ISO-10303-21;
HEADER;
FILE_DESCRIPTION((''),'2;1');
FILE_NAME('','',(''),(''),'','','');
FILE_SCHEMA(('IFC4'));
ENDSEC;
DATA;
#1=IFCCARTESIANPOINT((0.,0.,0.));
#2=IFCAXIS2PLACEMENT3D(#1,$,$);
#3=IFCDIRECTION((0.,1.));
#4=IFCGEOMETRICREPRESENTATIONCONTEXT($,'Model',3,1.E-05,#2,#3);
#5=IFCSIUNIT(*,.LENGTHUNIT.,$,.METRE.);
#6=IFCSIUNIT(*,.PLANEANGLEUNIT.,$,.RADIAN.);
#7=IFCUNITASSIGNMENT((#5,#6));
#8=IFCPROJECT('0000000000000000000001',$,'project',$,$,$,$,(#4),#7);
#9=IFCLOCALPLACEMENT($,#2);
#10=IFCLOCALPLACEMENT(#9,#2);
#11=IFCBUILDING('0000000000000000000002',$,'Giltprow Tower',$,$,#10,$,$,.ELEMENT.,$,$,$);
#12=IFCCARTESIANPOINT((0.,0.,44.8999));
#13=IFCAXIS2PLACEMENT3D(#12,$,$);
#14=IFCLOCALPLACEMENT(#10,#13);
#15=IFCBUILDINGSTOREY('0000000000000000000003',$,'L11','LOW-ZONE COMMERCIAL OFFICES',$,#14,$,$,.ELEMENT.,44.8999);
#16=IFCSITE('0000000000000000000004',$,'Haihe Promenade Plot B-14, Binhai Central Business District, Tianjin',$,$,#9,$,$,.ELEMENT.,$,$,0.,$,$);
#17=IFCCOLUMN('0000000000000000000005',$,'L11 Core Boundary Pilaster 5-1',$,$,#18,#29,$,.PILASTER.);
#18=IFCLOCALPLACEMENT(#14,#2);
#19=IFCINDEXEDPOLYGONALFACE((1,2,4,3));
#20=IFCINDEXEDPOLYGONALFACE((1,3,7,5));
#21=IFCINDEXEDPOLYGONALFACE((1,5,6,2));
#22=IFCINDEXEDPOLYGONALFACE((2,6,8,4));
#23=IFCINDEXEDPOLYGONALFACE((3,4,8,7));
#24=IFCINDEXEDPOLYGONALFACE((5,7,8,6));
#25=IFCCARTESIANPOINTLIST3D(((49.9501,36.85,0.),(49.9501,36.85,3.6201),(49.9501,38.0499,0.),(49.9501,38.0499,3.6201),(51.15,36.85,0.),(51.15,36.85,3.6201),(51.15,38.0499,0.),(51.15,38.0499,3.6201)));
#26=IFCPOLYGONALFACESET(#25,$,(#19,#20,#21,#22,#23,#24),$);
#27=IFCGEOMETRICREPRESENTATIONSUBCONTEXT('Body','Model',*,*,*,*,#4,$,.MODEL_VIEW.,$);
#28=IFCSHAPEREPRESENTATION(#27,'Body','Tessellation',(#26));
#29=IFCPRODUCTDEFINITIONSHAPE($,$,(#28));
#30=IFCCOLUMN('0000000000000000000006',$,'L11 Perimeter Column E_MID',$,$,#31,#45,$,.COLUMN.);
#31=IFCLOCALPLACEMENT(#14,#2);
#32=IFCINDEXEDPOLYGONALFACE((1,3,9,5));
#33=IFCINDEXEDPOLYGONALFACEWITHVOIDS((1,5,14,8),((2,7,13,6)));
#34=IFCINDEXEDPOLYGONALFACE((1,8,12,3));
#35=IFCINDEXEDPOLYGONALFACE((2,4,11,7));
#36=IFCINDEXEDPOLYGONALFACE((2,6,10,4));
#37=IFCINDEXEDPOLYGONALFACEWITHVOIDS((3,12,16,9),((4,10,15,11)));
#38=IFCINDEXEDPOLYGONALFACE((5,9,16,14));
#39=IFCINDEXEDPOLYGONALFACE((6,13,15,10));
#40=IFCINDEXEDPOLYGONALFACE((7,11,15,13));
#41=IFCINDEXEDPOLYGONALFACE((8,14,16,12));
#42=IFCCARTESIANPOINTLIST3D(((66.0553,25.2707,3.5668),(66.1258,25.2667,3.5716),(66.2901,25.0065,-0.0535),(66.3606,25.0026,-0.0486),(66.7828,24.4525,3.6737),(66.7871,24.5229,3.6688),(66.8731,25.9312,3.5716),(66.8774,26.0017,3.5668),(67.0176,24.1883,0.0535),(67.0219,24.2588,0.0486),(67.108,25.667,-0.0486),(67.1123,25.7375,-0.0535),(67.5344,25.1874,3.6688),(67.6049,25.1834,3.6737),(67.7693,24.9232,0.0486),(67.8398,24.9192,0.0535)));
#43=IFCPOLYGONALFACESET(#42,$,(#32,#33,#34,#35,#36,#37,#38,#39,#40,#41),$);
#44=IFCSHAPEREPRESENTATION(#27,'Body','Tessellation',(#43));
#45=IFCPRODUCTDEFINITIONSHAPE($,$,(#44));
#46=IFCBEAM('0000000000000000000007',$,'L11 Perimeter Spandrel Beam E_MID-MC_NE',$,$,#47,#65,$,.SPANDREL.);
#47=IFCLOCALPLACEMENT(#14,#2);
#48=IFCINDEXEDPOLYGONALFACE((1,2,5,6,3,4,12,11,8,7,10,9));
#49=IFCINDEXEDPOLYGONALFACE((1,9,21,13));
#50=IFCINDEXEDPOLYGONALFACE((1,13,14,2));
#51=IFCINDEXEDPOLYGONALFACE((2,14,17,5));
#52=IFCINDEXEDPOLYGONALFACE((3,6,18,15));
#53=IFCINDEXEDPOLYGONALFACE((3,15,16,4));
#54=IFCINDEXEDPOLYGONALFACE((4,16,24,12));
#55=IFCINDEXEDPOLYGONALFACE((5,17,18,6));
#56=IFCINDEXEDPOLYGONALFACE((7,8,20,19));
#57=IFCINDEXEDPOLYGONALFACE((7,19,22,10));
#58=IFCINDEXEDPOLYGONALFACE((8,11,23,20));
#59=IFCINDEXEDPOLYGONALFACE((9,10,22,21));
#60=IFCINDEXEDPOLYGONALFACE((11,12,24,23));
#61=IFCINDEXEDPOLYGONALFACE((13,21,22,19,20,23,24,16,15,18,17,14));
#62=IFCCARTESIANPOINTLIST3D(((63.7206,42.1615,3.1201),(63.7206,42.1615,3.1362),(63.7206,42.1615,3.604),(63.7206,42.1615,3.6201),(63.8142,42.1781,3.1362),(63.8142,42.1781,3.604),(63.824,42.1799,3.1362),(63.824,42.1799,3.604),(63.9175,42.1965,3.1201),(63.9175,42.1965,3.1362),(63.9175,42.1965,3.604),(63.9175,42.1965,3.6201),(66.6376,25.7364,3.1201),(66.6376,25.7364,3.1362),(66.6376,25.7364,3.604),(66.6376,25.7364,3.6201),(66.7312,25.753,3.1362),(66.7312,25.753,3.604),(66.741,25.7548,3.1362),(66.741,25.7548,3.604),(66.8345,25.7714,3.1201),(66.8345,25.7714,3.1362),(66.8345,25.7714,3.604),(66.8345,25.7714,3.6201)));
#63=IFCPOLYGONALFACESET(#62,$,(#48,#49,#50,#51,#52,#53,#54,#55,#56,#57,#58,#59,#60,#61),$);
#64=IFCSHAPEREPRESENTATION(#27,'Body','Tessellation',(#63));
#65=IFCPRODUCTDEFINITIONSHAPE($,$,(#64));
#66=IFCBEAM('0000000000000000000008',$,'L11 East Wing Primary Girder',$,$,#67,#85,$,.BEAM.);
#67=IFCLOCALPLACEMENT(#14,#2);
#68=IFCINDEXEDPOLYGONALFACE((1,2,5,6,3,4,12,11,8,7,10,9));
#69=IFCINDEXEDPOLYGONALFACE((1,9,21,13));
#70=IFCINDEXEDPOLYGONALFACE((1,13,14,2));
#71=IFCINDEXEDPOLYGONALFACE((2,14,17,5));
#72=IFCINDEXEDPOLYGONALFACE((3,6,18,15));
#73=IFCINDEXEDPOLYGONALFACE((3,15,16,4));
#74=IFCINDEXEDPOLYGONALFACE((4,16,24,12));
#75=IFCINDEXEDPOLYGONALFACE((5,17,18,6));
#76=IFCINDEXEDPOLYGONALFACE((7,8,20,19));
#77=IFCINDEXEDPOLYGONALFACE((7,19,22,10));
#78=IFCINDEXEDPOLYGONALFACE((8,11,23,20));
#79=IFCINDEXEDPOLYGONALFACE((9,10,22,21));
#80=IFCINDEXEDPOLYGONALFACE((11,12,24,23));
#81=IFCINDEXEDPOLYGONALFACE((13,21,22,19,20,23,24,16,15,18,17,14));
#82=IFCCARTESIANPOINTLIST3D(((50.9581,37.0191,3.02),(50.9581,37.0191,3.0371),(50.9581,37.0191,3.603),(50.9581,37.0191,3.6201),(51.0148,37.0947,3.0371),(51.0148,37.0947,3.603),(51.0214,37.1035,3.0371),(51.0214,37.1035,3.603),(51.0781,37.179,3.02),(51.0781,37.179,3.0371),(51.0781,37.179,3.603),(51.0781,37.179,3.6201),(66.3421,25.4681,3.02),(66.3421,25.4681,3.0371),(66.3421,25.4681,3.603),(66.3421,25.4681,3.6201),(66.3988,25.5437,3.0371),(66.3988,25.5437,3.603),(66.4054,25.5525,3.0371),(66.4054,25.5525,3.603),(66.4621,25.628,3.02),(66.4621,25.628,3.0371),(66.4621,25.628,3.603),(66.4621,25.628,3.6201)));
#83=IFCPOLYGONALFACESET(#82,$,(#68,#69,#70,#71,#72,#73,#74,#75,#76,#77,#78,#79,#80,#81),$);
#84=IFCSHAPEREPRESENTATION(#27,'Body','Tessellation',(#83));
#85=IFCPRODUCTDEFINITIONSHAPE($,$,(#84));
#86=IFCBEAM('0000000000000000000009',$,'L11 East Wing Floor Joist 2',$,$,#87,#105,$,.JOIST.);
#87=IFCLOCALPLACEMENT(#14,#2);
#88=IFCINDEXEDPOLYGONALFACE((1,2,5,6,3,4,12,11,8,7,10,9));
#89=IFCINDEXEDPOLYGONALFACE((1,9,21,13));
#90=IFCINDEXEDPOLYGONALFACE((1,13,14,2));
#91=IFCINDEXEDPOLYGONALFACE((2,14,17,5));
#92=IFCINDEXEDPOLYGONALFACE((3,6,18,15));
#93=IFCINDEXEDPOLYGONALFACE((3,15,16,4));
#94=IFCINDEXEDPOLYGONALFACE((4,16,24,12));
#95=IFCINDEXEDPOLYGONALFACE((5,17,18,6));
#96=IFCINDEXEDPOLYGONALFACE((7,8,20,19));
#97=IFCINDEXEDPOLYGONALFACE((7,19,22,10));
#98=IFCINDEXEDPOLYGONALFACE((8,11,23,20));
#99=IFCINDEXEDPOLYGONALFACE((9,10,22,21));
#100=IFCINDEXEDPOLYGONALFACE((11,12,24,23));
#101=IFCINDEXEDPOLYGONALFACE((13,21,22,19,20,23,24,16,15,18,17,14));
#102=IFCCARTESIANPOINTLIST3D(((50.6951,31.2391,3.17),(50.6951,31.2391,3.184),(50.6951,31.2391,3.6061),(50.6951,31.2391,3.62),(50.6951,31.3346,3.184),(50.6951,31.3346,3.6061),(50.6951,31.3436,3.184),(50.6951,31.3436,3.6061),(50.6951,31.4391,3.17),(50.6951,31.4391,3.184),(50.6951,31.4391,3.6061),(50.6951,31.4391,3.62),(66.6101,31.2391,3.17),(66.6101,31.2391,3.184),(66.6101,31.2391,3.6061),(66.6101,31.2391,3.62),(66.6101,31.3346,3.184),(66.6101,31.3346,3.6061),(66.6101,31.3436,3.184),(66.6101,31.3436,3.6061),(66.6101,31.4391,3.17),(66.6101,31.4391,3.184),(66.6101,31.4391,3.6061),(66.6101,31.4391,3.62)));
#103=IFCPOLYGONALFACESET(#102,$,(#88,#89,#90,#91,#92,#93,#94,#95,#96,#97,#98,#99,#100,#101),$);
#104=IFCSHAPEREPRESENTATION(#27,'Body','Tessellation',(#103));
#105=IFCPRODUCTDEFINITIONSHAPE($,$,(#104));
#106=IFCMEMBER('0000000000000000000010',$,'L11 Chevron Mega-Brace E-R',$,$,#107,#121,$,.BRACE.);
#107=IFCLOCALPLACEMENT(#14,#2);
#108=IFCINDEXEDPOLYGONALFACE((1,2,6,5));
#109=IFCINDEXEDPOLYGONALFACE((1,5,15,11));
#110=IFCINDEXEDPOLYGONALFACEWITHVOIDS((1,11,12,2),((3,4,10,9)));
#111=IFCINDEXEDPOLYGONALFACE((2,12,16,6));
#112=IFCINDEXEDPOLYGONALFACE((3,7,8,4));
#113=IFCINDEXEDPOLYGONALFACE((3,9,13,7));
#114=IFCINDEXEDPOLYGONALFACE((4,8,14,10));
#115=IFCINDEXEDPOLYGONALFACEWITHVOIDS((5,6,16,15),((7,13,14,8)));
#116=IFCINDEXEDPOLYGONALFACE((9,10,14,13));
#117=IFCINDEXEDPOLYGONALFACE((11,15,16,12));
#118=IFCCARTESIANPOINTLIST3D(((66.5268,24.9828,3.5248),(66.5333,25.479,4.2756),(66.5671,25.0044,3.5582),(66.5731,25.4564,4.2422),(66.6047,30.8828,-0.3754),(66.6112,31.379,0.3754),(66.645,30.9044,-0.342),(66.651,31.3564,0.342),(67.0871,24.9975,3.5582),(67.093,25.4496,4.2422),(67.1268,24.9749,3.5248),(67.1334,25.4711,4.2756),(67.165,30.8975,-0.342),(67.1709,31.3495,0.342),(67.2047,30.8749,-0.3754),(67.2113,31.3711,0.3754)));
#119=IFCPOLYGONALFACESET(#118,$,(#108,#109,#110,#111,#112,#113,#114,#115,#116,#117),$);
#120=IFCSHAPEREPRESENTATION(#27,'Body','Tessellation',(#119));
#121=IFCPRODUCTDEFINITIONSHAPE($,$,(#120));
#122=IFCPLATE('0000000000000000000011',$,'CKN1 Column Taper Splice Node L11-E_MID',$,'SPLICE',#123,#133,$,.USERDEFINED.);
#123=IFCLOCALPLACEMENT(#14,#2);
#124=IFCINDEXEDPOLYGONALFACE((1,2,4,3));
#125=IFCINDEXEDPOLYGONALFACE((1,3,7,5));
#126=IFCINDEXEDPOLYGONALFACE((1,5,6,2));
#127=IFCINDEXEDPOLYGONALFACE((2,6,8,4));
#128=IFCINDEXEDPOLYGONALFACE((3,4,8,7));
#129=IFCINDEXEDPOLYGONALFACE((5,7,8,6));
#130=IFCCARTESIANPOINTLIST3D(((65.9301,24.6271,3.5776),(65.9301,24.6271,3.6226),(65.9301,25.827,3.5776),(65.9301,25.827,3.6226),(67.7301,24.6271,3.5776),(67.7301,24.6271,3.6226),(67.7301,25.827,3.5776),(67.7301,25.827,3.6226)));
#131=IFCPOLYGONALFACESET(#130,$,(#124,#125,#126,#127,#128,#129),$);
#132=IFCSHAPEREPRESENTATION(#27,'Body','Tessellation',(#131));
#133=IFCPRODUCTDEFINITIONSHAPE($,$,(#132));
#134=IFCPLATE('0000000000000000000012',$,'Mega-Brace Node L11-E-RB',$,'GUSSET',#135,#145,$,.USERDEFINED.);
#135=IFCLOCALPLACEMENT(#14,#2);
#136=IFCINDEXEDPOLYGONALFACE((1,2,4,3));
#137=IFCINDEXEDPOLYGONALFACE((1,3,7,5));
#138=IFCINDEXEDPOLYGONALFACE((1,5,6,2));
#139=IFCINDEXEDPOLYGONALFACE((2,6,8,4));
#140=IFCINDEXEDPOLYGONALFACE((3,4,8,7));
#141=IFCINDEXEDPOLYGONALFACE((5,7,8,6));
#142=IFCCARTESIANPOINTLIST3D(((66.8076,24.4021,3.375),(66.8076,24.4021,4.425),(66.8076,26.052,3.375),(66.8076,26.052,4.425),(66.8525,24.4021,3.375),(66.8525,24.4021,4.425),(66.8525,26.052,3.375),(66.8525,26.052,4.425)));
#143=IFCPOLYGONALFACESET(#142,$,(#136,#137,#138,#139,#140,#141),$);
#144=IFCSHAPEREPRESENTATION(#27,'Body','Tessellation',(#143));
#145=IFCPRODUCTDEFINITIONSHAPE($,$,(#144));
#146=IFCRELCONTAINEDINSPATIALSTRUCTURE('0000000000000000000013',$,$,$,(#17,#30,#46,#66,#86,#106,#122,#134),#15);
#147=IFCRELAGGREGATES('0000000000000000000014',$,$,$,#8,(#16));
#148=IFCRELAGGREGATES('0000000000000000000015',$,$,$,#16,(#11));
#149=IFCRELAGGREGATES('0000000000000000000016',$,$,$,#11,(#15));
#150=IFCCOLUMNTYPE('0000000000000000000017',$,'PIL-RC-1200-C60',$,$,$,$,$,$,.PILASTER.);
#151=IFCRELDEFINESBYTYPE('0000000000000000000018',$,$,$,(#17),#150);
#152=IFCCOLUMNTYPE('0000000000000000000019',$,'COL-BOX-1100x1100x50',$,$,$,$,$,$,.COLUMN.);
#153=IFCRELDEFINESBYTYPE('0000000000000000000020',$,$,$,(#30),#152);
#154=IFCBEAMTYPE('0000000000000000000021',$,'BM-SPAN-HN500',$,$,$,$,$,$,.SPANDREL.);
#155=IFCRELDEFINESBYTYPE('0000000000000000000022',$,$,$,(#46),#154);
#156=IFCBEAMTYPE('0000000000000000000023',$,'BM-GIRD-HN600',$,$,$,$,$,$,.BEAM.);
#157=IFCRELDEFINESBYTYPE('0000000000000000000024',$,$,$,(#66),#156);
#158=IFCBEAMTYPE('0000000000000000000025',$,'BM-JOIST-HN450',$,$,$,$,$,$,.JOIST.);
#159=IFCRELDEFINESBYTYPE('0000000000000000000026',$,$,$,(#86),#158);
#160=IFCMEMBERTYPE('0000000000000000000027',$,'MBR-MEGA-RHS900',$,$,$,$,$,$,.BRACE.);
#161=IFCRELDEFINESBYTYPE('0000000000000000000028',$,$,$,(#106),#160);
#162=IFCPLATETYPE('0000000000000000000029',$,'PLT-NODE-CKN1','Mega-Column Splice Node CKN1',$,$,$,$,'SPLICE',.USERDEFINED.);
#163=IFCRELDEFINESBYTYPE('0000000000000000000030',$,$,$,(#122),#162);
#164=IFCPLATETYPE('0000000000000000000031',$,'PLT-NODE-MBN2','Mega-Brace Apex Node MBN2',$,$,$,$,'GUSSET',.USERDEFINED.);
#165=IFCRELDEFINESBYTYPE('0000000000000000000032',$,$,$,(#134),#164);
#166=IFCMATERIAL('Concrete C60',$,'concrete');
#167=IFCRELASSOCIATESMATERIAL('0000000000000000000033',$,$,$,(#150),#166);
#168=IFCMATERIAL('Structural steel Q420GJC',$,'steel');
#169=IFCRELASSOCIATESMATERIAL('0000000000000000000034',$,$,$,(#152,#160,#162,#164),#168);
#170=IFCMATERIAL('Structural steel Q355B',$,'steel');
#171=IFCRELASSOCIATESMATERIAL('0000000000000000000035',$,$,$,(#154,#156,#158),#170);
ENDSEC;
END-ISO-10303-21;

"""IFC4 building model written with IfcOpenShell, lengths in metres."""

from ifc_helpers import new_model, si_unit, direction, frame, origin, origin_2d, place, context, subcontext, project, spatial, rectangle, hollow_rectangle, i_section, extrude, source, transform, mapped, material, material_profile, profile_set, type_object, element, save


model = new_model("IFC4")

# Units and contexts
model_context = context("Model", 3, precision=1e-05, world=origin(), true_north=direction((0.0, 1.0)))
body_context = subcontext(model_context, "Body", "Model", "MODEL_VIEW")
ifc_project = project(units=[si_unit("LENGTHUNIT", "METRE"), si_unit("PLANEANGLEUNIT", "RADIAN")], contexts=[model_context])

# Site, building, storey
site_placement = place(None, origin())
site = spatial("IfcSite", under=ifc_project, at=site_placement, Name="Haihe Promenade Plot B-14, Binhai Central Business District, Tianjin", CompositionType="ELEMENT", RefElevation=0.0)
building_placement = place(site_placement, origin())
building = spatial("IfcBuilding", under=site, at=building_placement, Name="Giltprow Tower", CompositionType="ELEMENT")
storey_placement = place(building_placement, frame((0.0, 0.0, 44.8999)))
storey = spatial("IfcBuildingStorey", under=building, at=storey_placement, Name="L11", Description="LOW-ZONE COMMERCIAL OFFICES", CompositionType="ELEMENT", Elevation=44.8999)

# Columns
ifc_material_1 = material(Name="Concrete C60", Category="concrete")
ifc_material_profile_1 = material_profile(ifc_material_1, rectangle(XDim=1.2, YDim=1.2, at=origin_2d()), Name="RC 1200x1200")
ifc_profile_set_1 = profile_set([ifc_material_profile_1], Name="Concrete C60")
column_type_1 = type_object("IfcColumnType", Name="PIL-RC-1200-C60", PredefinedType="PILASTER", material=ifc_profile_set_1)
shared_shape_1 = source(origin(), body_context, "Body", "SweptSolid", [
    extrude(rectangle(XDim=1.2, YDim=1.2, at=origin_2d()), origin(), (0.0, 0.0, 1.0), 3.6201),
])
column_1_placement = place(storey_placement, frame((50.55, 37.45, 0.0), z_axis=(0.0, 0.0, 1.0), x_axis=(1.0, 0.0, 0.0)))
element("IfcColumn", 1, at=column_1_placement, inside=storey, type_object=column_type_1, Name="L11 Core Boundary Pilaster 5-1", PredefinedType="PILASTER", context=body_context, shape_type="MappedRepresentation", body=[
    mapped(shared_shape_1, transform((0.0, 0.0, 0.0), x_axis=(1.0, 0.0, 0.0), y_axis=(0.0, 1.0, 0.0), z_axis=(0.0, 0.0, 1.0), scale=1.0)),
])
ifc_material_2 = material(Name="Structural steel Q420GJC", Category="steel")
ifc_material_profile_2 = material_profile(ifc_material_2, hollow_rectangle(XDim=1.1001, YDim=1.1001, WallThickness=0.05, at=origin_2d()), Name="BOX 1100x1100x50")
ifc_profile_set_2 = profile_set([ifc_material_profile_2], Name="Structural steel Q420GJC")
column_type_2 = type_object("IfcColumnType", Name="COL-BOX-1100x1100x50", PredefinedType="COLUMN", material=ifc_profile_set_2)
shared_shape_2 = source(origin(), body_context, "Body", "SweptSolid", [
    extrude(hollow_rectangle(XDim=1.1001, YDim=1.1001, WallThickness=0.05, at=origin_2d()), origin(), (0.0, 0.0, 1.0), 3.6375),
])
column_2_placement = place(storey_placement, frame((67.0649, 24.9629, 0.0), z_axis=(-0.06457, 0.072625, 0.995267), x_axis=(-0.747333, -0.66445, 0.0)))
element("IfcColumn", 2, at=column_2_placement, inside=storey, type_object=column_type_2, Name="L11 Perimeter Column E_MID", PredefinedType="COLUMN", context=body_context, shape_type="MappedRepresentation", body=[
    mapped(shared_shape_2, transform((0.0, 0.0, 0.0), x_axis=(1.0, 0.0, 0.0), y_axis=(0.0, 1.0, 0.0), z_axis=(0.0, 0.0, 1.0), scale=1.0)),
])

# Beams
ifc_material_3 = material(Name="Structural steel Q355B", Category="steel")
ifc_material_profile_3 = material_profile(ifc_material_3, i_section(OverallWidth=0.2, OverallDepth=0.5, WebThickness=0.01, FlangeThickness=0.0161, at=origin_2d()), Name="HN 500x200x10x16")
ifc_profile_set_3 = profile_set([ifc_material_profile_3], Name="Structural steel Q355B")
beam_type_1 = type_object("IfcBeamType", Name="BM-SPAN-HN500", PredefinedType="SPANDREL", material=ifc_profile_set_3)
shared_shape_3 = source(origin(), body_context, "Body", "SweptSolid", [
    extrude(i_section(OverallWidth=0.2, OverallDepth=0.5, WebThickness=0.01, FlangeThickness=0.0161, at=origin_2d()), origin(), (0.0, 0.0, 1.0), 16.6821),
])
beam_1_placement = place(storey_placement, frame((66.7361, 25.7539, 3.3701), z_axis=(-0.174858, 0.984594, 0.0), x_axis=(-0.984594, -0.174858, 0.0)))
element("IfcBeam", 3, at=beam_1_placement, inside=storey, type_object=beam_type_1, Name="L11 Perimeter Spandrel Beam E_MID-MC_NE", PredefinedType="SPANDREL", context=body_context, shape_type="MappedRepresentation", body=[
    mapped(shared_shape_3, transform((0.0, 0.0, 0.0), x_axis=(1.0, 0.0, 0.0), y_axis=(0.0, 1.0, 0.0), z_axis=(0.0, 0.0, 1.0), scale=1.0)),
])
ifc_material_profile_4 = material_profile(ifc_material_3, i_section(OverallWidth=0.2, OverallDepth=0.6001, WebThickness=0.011, FlangeThickness=0.0171, at=origin_2d()), Name="HN 600x200x11x17")
ifc_profile_set_4 = profile_set([ifc_material_profile_4], Name="Structural steel Q355B")
beam_type_2 = type_object("IfcBeamType", Name="BM-GIRD-HN600", PredefinedType="BEAM", material=ifc_profile_set_4)
shared_shape_4 = source(origin(), body_context, "Body", "SweptSolid", [
    extrude(i_section(OverallWidth=0.2, OverallDepth=0.6001, WebThickness=0.011, FlangeThickness=0.0171, at=origin_2d()), origin(), (0.0, 0.0, 1.0), 19.2378),
])
beam_2_placement = place(storey_placement, frame((66.4021, 25.5481, 3.3201), z_axis=(-0.799676, 0.600432, 0.0), x_axis=(-0.600432, -0.799676, 0.0)))
element("IfcBeam", 4, at=beam_2_placement, inside=storey, type_object=beam_type_2, Name="L11 East Wing Primary Girder", PredefinedType="BEAM", context=body_context, shape_type="MappedRepresentation", body=[
    mapped(shared_shape_4, transform((0.0, 0.0, 0.0), x_axis=(1.0, 0.0, 0.0), y_axis=(0.0, 1.0, 0.0), z_axis=(0.0, 0.0, 1.0), scale=1.0)),
])
ifc_material_profile_5 = material_profile(ifc_material_3, i_section(OverallWidth=0.2, OverallDepth=0.45, WebThickness=0.009, FlangeThickness=0.0139, at=origin_2d()), Name="HN 450x200x9x14")
ifc_profile_set_5 = profile_set([ifc_material_profile_5], Name="Structural steel Q355B")
beam_type_3 = type_object("IfcBeamType", Name="BM-JOIST-HN450", PredefinedType="JOIST", material=ifc_profile_set_5)
shared_shape_5 = source(origin(), body_context, "Body", "SweptSolid", [
    extrude(i_section(OverallWidth=0.2, OverallDepth=0.45, WebThickness=0.009, FlangeThickness=0.0139, at=origin_2d()), origin(), (0.0, 0.0, 1.0), 15.915),
])
beam_3_placement = place(storey_placement, frame((50.6951, 31.3391, 3.395), z_axis=(1.0, 0.0, 0.0), x_axis=(0.0, 1.0, 0.0)))
element("IfcBeam", 5, at=beam_3_placement, inside=storey, type_object=beam_type_3, Name="L11 East Wing Floor Joist 2", PredefinedType="JOIST", context=body_context, shape_type="MappedRepresentation", body=[
    mapped(shared_shape_5, transform((0.0, 0.0, 0.0), x_axis=(1.0, 0.0, 0.0), y_axis=(0.0, 1.0, 0.0), z_axis=(0.0, 0.0, 1.0), scale=1.0)),
])

# Member
ifc_material_profile_6 = material_profile(ifc_material_2, hollow_rectangle(XDim=0.6001, YDim=0.8999, WallThickness=0.04, at=origin_2d()), Name="RHS 900x600x40")
ifc_profile_set_6 = profile_set([ifc_material_profile_6], Name="Structural steel Q420GJC")
member_type = type_object("IfcMemberType", Name="MBR-MEGA-RHS900", PredefinedType="BRACE", material=ifc_profile_set_6)
shared_shape_6 = source(origin(), body_context, "Body", "SweptSolid", [
    extrude(hollow_rectangle(XDim=0.6001, YDim=0.8999, WallThickness=0.04, at=origin_2d()), origin(), (0.0, 0.0, 1.0), 7.073),
])
member_placement = place(storey_placement, frame((66.908, 31.127, 0.0), z_axis=(-0.011011, -0.834155, 0.55142), x_axis=(0.999913, -0.013199, 0.0)))
element("IfcMember", 6, at=member_placement, inside=storey, type_object=member_type, Name="L11 Chevron Mega-Brace E-R", PredefinedType="BRACE", context=body_context, shape_type="MappedRepresentation", body=[
    mapped(shared_shape_6, transform((0.0, 0.0, 0.0), x_axis=(1.0, 0.0, 0.0), y_axis=(0.0, 1.0, 0.0), z_axis=(0.0, 0.0, 1.0), scale=1.0)),
])

# Plates
plate_type_1 = type_object("IfcPlateType", Name="PLT-NODE-CKN1", Description="Mega-Column Splice Node CKN1", ElementType="SPLICE", PredefinedType="USERDEFINED", material=ifc_material_2)
shared_shape_7 = source(origin(), body_context, "Body", "SweptSolid", [
    extrude(rectangle(XDim=1.8, YDim=1.2, at=origin_2d()), origin(), (0.0, 0.0, 1.0), 0.0449),
])
plate_1_placement = place(storey_placement, frame((66.8301, 25.2271, 3.5776), z_axis=(0.0, 0.0, 1.0), x_axis=(1.0, 0.0, 0.0)))
element("IfcPlate", 7, at=plate_1_placement, inside=storey, type_object=plate_type_1, Name="CKN1 Column Taper Splice Node L11-E_MID", ObjectType="SPLICE", PredefinedType="USERDEFINED", context=body_context, shape_type="MappedRepresentation", body=[
    mapped(shared_shape_7, transform((0.0, 0.0, 0.0), x_axis=(1.0, 0.0, 0.0), y_axis=(0.0, 1.0, 0.0), z_axis=(0.0, 0.0, 1.0), scale=1.0)),
])
plate_type_2 = type_object("IfcPlateType", Name="PLT-NODE-MBN2", Description="Mega-Brace Apex Node MBN2", ElementType="GUSSET", PredefinedType="USERDEFINED", material=ifc_material_2)
shared_shape_8 = source(origin(), body_context, "Body", "SweptSolid", [
    extrude(rectangle(XDim=1.6499, YDim=0.0449, at=origin_2d()), origin(), (0.0, 0.0, 1.0), 1.05),
])
plate_2_placement = place(storey_placement, frame((66.8301, 25.2271, 3.375), z_axis=(0.0, 0.0, 1.0), x_axis=(0.0, 1.0, 0.0)))
element("IfcPlate", 8, at=plate_2_placement, inside=storey, type_object=plate_type_2, Name="Mega-Brace Node L11-E-RB", ObjectType="GUSSET", PredefinedType="USERDEFINED", context=body_context, shape_type="MappedRepresentation", body=[
    mapped(shared_shape_8, transform((0.0, 0.0, 0.0), x_axis=(1.0, 0.0, 0.0), y_axis=(0.0, 1.0, 0.0), z_axis=(0.0, 0.0, 1.0), scale=1.0)),
])

save(model, "model.ifc")
